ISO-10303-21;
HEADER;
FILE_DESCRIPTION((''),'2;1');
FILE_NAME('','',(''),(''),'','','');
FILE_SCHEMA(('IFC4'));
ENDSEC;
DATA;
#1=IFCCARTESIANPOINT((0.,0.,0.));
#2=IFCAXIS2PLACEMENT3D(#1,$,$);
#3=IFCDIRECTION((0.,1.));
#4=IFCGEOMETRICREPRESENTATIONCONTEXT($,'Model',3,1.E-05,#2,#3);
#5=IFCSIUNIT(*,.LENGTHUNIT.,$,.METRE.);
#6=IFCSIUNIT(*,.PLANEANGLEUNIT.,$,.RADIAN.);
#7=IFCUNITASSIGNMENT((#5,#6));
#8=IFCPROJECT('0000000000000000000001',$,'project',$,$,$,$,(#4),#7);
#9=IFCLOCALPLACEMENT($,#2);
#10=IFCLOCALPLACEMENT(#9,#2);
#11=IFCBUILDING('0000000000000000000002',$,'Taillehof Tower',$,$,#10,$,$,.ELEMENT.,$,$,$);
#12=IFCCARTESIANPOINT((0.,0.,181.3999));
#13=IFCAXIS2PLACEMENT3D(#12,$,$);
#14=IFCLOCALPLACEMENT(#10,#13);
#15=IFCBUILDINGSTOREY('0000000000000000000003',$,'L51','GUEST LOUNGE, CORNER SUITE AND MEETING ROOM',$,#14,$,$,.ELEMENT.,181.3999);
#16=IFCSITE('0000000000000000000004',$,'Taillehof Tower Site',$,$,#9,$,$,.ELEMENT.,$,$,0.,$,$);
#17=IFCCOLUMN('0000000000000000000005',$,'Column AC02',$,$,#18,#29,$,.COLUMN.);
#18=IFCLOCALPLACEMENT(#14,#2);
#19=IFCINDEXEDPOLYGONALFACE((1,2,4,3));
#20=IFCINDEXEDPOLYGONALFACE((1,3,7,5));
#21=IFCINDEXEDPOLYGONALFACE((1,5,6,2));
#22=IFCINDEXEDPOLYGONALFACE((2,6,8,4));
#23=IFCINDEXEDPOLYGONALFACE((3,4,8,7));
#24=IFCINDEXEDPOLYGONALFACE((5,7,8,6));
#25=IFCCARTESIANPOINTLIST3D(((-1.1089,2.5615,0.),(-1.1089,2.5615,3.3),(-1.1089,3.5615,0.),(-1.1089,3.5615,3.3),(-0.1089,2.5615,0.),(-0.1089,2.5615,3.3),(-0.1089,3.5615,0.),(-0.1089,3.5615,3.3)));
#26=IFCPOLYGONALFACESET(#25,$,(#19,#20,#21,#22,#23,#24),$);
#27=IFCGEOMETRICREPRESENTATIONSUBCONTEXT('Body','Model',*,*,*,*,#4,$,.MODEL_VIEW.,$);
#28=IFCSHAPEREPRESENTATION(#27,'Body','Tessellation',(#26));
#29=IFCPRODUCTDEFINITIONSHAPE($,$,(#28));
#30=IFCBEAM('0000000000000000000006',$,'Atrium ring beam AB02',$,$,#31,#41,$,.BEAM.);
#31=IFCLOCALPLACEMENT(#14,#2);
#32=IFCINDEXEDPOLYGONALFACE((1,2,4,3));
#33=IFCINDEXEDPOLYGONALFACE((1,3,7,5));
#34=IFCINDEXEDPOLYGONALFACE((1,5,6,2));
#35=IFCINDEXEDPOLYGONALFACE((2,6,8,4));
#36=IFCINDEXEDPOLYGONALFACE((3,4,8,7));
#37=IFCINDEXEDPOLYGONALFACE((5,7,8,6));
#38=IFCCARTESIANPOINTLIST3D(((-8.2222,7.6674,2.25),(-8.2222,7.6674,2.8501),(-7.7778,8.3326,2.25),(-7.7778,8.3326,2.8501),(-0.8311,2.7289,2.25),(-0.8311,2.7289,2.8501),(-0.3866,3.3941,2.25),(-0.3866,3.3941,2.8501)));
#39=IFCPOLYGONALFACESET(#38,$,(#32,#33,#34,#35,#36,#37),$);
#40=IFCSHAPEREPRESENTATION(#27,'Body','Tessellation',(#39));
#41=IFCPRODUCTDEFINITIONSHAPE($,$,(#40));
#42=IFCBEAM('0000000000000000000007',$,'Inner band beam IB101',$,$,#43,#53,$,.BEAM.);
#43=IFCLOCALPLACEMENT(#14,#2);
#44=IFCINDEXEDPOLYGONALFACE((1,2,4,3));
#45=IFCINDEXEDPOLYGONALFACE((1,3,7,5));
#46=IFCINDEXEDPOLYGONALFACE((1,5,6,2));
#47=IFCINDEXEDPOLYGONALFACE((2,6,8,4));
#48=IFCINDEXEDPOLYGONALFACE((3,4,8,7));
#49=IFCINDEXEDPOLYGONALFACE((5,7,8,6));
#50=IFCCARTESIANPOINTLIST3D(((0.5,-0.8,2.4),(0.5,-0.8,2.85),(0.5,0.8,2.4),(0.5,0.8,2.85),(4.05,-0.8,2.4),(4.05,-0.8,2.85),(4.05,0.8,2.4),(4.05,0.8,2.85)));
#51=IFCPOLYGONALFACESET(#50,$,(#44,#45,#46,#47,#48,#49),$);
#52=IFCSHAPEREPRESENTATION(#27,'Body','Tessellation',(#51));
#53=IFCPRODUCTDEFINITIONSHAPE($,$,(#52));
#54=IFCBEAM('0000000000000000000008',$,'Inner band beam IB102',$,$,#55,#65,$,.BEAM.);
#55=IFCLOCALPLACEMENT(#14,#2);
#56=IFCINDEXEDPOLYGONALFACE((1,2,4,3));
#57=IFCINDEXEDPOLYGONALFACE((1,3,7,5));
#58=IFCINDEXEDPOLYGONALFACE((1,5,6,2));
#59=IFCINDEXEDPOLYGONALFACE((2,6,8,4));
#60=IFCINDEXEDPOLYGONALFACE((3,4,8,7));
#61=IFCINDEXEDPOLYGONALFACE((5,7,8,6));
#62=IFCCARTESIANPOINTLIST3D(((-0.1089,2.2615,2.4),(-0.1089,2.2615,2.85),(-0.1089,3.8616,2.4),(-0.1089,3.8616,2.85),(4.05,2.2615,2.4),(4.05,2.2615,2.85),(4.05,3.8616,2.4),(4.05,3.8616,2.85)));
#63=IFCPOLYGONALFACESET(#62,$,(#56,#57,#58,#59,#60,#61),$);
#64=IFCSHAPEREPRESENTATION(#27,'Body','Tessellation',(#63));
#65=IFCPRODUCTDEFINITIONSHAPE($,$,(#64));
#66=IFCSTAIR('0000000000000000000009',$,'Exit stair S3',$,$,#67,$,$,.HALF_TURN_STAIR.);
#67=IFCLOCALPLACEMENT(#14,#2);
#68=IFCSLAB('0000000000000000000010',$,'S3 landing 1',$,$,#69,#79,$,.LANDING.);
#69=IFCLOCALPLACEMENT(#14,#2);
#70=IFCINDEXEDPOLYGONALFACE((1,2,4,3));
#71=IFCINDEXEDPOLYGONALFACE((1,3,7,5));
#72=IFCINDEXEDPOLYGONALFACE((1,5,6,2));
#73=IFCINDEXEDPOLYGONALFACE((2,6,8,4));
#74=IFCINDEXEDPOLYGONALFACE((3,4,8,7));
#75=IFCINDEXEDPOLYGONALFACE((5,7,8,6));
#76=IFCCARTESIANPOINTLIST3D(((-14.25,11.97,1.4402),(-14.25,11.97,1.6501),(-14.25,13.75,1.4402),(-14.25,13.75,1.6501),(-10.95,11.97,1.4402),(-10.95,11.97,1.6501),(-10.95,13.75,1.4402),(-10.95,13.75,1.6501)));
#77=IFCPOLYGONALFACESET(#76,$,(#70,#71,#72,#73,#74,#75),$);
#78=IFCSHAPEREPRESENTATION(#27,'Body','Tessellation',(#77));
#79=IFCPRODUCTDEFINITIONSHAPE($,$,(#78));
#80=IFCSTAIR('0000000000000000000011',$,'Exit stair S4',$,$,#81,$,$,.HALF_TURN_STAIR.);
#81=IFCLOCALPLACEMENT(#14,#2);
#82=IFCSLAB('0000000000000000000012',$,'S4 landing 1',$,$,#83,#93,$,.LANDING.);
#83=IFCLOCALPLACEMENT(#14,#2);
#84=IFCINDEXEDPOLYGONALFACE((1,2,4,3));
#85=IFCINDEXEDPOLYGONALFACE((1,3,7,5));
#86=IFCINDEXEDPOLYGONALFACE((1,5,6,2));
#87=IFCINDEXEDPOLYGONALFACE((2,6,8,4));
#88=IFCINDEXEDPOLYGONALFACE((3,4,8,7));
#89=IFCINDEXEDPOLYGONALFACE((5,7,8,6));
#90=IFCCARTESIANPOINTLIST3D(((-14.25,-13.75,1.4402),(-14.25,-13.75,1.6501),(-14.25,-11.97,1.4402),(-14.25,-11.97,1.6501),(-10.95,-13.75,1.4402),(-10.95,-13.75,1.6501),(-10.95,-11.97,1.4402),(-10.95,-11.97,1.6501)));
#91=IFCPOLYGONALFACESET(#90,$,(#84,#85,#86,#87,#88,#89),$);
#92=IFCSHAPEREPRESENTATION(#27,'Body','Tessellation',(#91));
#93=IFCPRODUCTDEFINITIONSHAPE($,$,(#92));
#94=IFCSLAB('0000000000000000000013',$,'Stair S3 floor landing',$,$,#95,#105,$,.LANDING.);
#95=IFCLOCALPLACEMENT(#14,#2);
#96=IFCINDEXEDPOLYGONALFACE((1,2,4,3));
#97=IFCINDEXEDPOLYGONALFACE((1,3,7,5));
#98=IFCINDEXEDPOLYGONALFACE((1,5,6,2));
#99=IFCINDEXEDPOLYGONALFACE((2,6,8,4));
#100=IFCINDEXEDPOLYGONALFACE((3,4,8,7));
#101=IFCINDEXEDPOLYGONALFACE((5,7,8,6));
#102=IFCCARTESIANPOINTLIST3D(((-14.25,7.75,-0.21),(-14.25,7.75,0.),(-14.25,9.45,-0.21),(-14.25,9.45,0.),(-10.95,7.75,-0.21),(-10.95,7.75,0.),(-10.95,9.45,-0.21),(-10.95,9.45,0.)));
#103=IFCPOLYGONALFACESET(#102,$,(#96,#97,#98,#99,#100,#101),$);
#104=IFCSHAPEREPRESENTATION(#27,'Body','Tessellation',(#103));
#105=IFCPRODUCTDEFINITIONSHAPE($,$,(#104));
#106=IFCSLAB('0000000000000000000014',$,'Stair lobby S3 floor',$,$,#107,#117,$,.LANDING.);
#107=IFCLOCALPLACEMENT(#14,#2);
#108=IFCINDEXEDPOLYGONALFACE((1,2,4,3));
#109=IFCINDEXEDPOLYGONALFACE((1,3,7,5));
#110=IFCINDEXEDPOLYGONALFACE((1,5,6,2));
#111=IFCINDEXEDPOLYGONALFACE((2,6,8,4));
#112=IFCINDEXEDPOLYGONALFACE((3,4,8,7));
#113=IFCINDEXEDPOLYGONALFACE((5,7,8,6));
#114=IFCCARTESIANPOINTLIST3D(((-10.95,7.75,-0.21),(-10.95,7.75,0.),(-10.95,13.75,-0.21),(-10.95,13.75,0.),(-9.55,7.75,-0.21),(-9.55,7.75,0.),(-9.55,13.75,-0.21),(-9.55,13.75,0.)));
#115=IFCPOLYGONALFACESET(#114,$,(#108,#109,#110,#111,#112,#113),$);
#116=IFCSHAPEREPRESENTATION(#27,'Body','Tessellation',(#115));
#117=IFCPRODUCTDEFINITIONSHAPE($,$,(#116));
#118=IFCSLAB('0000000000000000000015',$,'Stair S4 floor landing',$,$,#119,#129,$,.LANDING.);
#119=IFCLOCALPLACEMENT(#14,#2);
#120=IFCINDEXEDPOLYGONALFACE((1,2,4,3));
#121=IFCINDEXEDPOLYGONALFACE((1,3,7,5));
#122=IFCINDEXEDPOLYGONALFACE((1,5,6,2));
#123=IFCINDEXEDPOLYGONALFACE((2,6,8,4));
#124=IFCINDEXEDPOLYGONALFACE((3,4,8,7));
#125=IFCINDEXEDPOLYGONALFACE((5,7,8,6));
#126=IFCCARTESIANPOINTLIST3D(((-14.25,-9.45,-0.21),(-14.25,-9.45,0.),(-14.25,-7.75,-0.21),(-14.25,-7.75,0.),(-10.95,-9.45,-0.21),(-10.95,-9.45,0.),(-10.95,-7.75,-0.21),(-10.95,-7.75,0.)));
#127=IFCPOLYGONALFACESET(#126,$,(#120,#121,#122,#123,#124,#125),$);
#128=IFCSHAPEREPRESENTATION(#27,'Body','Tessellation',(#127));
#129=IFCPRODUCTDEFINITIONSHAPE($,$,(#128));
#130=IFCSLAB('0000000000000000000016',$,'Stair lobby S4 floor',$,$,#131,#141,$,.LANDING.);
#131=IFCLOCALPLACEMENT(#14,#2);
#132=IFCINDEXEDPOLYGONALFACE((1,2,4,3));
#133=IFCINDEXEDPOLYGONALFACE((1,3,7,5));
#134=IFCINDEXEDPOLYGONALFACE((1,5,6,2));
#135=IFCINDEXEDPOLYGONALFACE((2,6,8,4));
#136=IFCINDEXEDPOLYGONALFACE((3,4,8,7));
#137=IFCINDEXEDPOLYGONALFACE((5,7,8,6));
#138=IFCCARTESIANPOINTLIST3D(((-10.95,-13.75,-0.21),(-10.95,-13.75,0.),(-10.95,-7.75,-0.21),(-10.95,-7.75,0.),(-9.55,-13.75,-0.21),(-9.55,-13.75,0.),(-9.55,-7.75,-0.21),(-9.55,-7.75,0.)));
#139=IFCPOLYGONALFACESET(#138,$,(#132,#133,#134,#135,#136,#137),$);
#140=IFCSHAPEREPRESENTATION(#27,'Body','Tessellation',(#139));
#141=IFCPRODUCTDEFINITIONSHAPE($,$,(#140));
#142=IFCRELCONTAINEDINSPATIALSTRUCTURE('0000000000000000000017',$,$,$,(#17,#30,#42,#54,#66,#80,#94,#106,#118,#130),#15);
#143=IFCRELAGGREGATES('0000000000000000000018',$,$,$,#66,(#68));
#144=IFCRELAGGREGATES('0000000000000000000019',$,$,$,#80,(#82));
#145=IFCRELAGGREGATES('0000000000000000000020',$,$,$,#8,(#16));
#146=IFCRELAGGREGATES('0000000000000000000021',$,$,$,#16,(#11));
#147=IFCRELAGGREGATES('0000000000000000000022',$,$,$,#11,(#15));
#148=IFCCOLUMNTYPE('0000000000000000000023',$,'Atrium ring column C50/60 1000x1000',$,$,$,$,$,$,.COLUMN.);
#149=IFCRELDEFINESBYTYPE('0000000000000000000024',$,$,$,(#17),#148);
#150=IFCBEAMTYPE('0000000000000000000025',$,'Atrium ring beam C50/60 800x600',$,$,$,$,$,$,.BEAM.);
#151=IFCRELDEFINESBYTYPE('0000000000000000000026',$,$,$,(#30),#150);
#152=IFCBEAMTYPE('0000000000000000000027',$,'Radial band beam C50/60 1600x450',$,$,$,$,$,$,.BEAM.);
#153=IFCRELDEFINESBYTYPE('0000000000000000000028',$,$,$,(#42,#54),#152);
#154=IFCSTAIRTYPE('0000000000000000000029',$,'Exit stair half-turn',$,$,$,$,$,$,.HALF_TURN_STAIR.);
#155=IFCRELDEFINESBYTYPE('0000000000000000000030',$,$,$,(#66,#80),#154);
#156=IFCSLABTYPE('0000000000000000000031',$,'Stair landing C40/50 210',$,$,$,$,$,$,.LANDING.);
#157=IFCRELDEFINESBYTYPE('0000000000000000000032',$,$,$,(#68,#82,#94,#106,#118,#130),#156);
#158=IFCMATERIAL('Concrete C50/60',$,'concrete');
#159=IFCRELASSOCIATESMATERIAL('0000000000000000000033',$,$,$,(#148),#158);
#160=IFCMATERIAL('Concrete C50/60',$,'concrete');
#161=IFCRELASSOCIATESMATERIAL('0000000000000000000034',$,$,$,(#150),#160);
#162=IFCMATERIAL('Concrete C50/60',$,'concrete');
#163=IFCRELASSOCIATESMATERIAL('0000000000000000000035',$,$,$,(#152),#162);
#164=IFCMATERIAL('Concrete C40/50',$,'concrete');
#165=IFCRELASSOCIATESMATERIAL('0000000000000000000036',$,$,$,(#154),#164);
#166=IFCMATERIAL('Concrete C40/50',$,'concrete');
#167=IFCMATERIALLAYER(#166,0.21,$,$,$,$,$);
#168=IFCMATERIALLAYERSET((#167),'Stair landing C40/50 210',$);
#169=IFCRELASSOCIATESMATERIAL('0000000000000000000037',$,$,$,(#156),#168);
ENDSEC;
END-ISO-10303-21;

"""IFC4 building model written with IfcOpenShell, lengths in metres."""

from ifc_helpers import new_model, si_unit, direction, frame, origin, origin_2d, place, context, subcontext, project, spatial, polyline, rectangle, outline, extrude, material, layer, layer_set, material_profile, profile_set, type_object, element, aggregate, save


model = new_model("IFC4")

# Units and contexts
model_context = context("Model", 3, precision=1e-05, world=origin(), true_north=direction((0.0, 1.0)))
body_context = subcontext(model_context, "Body", "Model", "MODEL_VIEW")
ifc_project = project(units=[si_unit("LENGTHUNIT", "METRE"), si_unit("PLANEANGLEUNIT", "RADIAN")], contexts=[model_context])

# Site, building, storey
site_placement = place(None, origin())
site = spatial("IfcSite", under=ifc_project, at=site_placement, Name="Taillehof Tower Site", CompositionType="ELEMENT", RefElevation=0.0)
building_placement = place(site_placement, origin())
building = spatial("IfcBuilding", under=site, at=building_placement, Name="Taillehof Tower", CompositionType="ELEMENT")
storey_placement = place(building_placement, frame((0.0, 0.0, 181.3999)))
storey = spatial("IfcBuildingStorey", under=building, at=storey_placement, Name="L51", Description="GUEST LOUNGE, CORNER SUITE AND MEETING ROOM", CompositionType="ELEMENT", Elevation=181.3999)

# Column
ifc_material_1 = material(Name="Concrete C50/60", Category="concrete")
ifc_material_profile_1 = material_profile(ifc_material_1, rectangle(XDim=1.0, YDim=1.0, at=origin_2d()), Name="RC 1000x1000")
ifc_profile_set_1 = profile_set([ifc_material_profile_1], Name="Concrete C50/60")
column_type = type_object("IfcColumnType", Name="Atrium ring column C50/60 1000x1000", PredefinedType="COLUMN", material=ifc_profile_set_1)
column_placement = place(storey_placement, frame((-0.6089, 3.0615, 0.0), z_axis=(0.0, 0.0, 1.0), x_axis=(1.0, 0.0, 0.0)))
element("IfcColumn", 1, at=column_placement, inside=storey, type_object=column_type, Name="Column AC02", PredefinedType="COLUMN", context=body_context, shape_type="SweptSolid", body=[
    extrude(rectangle(XDim=1.0, YDim=1.0, at=origin_2d()), origin(), (0.0, 0.0, 1.0), 3.3),
])

# Beams
ifc_material_2 = material(Name="Concrete C50/60", Category="concrete")
ifc_material_profile_2 = material_profile(ifc_material_2, rectangle(XDim=0.8, YDim=0.6001, at=origin_2d()), Name="RC 800x600")
ifc_profile_set_2 = profile_set([ifc_material_profile_2], Name="Concrete C50/60")
beam_type_1 = type_object("IfcBeamType", Name="Atrium ring beam C50/60 800x600", PredefinedType="BEAM", material=ifc_profile_set_2)
beam_1_placement = place(storey_placement, frame((-0.6089, 3.0615, 2.55), z_axis=(-0.831475, 0.555562, 0.0), x_axis=(-0.555562, -0.831475, 0.0)))
element("IfcBeam", 2, at=beam_1_placement, inside=storey, type_object=beam_type_1, Name="Atrium ring beam AB02", PredefinedType="BEAM", context=body_context, shape_type="SweptSolid", body=[
    extrude(rectangle(XDim=0.8, YDim=0.6001, at=origin_2d()), origin(), (0.0, 0.0, 1.0), 8.8892),
])
ifc_material_3 = material(Name="Concrete C50/60", Category="concrete")
ifc_material_profile_3 = material_profile(ifc_material_3, rectangle(XDim=1.6001, YDim=0.45, at=origin_2d()), Name="RC 1600x450")
ifc_profile_set_3 = profile_set([ifc_material_profile_3], Name="Concrete C50/60")
beam_type_2 = type_object("IfcBeamType", Name="Radial band beam C50/60 1600x450", PredefinedType="BEAM", material=ifc_profile_set_3)
beam_2_placement = place(storey_placement, frame((0.5, 0.0, 2.625), z_axis=(1.0, 0.0, 0.0), x_axis=(0.0, 1.0, 0.0)))
element("IfcBeam", 3, at=beam_2_placement, inside=storey, type_object=beam_type_2, Name="Inner band beam IB101", PredefinedType="BEAM", context=body_context, shape_type="SweptSolid", body=[
    extrude(rectangle(XDim=1.6001, YDim=0.45, at=origin_2d()), origin(), (0.0, 0.0, 1.0), 3.55),
])
beam_3_placement = place(storey_placement, frame((-0.1089, 3.0615, 2.625), z_axis=(1.0, 0.0, 0.0), x_axis=(0.0, 1.0, 0.0)))
element("IfcBeam", 4, at=beam_3_placement, inside=storey, type_object=beam_type_2, Name="Inner band beam IB102", PredefinedType="BEAM", context=body_context, shape_type="SweptSolid", body=[
    extrude(rectangle(XDim=1.6001, YDim=0.45, at=origin_2d()), origin(), (0.0, 0.0, 1.0), 4.1589),
])

# Stairs, slabs
ifc_material_4 = material(Name="Concrete C40/50", Category="concrete")
stair_type = type_object("IfcStairType", Name="Exit stair half-turn", PredefinedType="HALF_TURN_STAIR", material=ifc_material_4)
stair_1_placement = place(storey_placement, origin())
stair_1 = element("IfcStair", 5, at=stair_1_placement, inside=storey, type_object=stair_type, Name="Exit stair S3", PredefinedType="HALF_TURN_STAIR")
ifc_material_5 = material(Name="Concrete C40/50", Category="concrete")
ifc_layer_1 = layer(ifc_material_5, 0.21)
ifc_layer_set_1 = layer_set([ifc_layer_1], Name="Stair landing C40/50 210")
slab_type = type_object("IfcSlabType", Name="Stair landing C40/50 210", PredefinedType="LANDING", material=ifc_layer_set_1)
slab_1_placement = place(storey_placement, frame((0.0, 0.0, 1.4402)))
slab_1 = element("IfcSlab", 6, at=slab_1_placement, type_object=slab_type, Name="S3 landing 1", PredefinedType="LANDING", context=body_context, shape_type="SweptSolid", body=[
    extrude(outline(polyline([(-14.25, 11.97), (-14.25, 13.75), (-10.95, 13.75), (-10.95, 11.97), (-14.25, 11.97)])), origin(), (0.0, 0.0, 1.0), 0.21),
])
aggregate(stair_1, [slab_1])
stair_2_placement = place(storey_placement, origin())
stair_2 = element("IfcStair", 7, at=stair_2_placement, inside=storey, type_object=stair_type, Name="Exit stair S4", PredefinedType="HALF_TURN_STAIR")
slab_2_placement = place(storey_placement, frame((0.0, 0.0, 1.4402)))
slab_2 = element("IfcSlab", 8, at=slab_2_placement, type_object=slab_type, Name="S4 landing 1", PredefinedType="LANDING", context=body_context, shape_type="SweptSolid", body=[
    extrude(outline(polyline([(-14.25, -11.97), (-14.25, -13.75), (-10.95, -13.75), (-10.95, -11.97), (-14.25, -11.97)])), origin(), (0.0, 0.0, 1.0), 0.21),
])
aggregate(stair_2, [slab_2])

# Slabs
slab_3_placement = place(storey_placement, frame((0.0, 0.0, -0.21)))
element("IfcSlab", 9, at=slab_3_placement, inside=storey, type_object=slab_type, Name="Stair S3 floor landing", PredefinedType="LANDING", context=body_context, shape_type="SweptSolid", body=[
    extrude(outline(polyline([(-14.25, 7.75), (-14.25, 9.45), (-10.95, 9.45), (-10.95, 7.75), (-14.25, 7.75)])), origin(), (0.0, 0.0, 1.0), 0.21),
])
slab_4_placement = place(storey_placement, frame((0.0, 0.0, -0.21)))
element("IfcSlab", 10, at=slab_4_placement, inside=storey, type_object=slab_type, Name="Stair lobby S3 floor", PredefinedType="LANDING", context=body_context, shape_type="SweptSolid", body=[
    extrude(outline(polyline([(-10.95, 7.75), (-9.55, 7.75), (-9.55, 13.75), (-10.95, 13.75), (-10.95, 7.75)])), origin(), (0.0, 0.0, 1.0), 0.21),
])
slab_5_placement = place(storey_placement, frame((0.0, 0.0, -0.21)))
element("IfcSlab", 11, at=slab_5_placement, inside=storey, type_object=slab_type, Name="Stair S4 floor landing", PredefinedType="LANDING", context=body_context, shape_type="SweptSolid", body=[
    extrude(outline(polyline([(-14.25, -7.75), (-14.25, -9.45), (-10.95, -9.45), (-10.95, -7.75), (-14.25, -7.75)])), origin(), (0.0, 0.0, 1.0), 0.21),
])
slab_6_placement = place(storey_placement, frame((0.0, 0.0, -0.21)))
element("IfcSlab", 12, at=slab_6_placement, inside=storey, type_object=slab_type, Name="Stair lobby S4 floor", PredefinedType="LANDING", context=body_context, shape_type="SweptSolid", body=[
    extrude(outline(polyline([(-10.95, -13.75), (-9.55, -13.75), (-9.55, -7.75), (-10.95, -7.75), (-10.95, -13.75)])), origin(), (0.0, 0.0, 1.0), 0.21),
])

save(model, "model.ifc")
